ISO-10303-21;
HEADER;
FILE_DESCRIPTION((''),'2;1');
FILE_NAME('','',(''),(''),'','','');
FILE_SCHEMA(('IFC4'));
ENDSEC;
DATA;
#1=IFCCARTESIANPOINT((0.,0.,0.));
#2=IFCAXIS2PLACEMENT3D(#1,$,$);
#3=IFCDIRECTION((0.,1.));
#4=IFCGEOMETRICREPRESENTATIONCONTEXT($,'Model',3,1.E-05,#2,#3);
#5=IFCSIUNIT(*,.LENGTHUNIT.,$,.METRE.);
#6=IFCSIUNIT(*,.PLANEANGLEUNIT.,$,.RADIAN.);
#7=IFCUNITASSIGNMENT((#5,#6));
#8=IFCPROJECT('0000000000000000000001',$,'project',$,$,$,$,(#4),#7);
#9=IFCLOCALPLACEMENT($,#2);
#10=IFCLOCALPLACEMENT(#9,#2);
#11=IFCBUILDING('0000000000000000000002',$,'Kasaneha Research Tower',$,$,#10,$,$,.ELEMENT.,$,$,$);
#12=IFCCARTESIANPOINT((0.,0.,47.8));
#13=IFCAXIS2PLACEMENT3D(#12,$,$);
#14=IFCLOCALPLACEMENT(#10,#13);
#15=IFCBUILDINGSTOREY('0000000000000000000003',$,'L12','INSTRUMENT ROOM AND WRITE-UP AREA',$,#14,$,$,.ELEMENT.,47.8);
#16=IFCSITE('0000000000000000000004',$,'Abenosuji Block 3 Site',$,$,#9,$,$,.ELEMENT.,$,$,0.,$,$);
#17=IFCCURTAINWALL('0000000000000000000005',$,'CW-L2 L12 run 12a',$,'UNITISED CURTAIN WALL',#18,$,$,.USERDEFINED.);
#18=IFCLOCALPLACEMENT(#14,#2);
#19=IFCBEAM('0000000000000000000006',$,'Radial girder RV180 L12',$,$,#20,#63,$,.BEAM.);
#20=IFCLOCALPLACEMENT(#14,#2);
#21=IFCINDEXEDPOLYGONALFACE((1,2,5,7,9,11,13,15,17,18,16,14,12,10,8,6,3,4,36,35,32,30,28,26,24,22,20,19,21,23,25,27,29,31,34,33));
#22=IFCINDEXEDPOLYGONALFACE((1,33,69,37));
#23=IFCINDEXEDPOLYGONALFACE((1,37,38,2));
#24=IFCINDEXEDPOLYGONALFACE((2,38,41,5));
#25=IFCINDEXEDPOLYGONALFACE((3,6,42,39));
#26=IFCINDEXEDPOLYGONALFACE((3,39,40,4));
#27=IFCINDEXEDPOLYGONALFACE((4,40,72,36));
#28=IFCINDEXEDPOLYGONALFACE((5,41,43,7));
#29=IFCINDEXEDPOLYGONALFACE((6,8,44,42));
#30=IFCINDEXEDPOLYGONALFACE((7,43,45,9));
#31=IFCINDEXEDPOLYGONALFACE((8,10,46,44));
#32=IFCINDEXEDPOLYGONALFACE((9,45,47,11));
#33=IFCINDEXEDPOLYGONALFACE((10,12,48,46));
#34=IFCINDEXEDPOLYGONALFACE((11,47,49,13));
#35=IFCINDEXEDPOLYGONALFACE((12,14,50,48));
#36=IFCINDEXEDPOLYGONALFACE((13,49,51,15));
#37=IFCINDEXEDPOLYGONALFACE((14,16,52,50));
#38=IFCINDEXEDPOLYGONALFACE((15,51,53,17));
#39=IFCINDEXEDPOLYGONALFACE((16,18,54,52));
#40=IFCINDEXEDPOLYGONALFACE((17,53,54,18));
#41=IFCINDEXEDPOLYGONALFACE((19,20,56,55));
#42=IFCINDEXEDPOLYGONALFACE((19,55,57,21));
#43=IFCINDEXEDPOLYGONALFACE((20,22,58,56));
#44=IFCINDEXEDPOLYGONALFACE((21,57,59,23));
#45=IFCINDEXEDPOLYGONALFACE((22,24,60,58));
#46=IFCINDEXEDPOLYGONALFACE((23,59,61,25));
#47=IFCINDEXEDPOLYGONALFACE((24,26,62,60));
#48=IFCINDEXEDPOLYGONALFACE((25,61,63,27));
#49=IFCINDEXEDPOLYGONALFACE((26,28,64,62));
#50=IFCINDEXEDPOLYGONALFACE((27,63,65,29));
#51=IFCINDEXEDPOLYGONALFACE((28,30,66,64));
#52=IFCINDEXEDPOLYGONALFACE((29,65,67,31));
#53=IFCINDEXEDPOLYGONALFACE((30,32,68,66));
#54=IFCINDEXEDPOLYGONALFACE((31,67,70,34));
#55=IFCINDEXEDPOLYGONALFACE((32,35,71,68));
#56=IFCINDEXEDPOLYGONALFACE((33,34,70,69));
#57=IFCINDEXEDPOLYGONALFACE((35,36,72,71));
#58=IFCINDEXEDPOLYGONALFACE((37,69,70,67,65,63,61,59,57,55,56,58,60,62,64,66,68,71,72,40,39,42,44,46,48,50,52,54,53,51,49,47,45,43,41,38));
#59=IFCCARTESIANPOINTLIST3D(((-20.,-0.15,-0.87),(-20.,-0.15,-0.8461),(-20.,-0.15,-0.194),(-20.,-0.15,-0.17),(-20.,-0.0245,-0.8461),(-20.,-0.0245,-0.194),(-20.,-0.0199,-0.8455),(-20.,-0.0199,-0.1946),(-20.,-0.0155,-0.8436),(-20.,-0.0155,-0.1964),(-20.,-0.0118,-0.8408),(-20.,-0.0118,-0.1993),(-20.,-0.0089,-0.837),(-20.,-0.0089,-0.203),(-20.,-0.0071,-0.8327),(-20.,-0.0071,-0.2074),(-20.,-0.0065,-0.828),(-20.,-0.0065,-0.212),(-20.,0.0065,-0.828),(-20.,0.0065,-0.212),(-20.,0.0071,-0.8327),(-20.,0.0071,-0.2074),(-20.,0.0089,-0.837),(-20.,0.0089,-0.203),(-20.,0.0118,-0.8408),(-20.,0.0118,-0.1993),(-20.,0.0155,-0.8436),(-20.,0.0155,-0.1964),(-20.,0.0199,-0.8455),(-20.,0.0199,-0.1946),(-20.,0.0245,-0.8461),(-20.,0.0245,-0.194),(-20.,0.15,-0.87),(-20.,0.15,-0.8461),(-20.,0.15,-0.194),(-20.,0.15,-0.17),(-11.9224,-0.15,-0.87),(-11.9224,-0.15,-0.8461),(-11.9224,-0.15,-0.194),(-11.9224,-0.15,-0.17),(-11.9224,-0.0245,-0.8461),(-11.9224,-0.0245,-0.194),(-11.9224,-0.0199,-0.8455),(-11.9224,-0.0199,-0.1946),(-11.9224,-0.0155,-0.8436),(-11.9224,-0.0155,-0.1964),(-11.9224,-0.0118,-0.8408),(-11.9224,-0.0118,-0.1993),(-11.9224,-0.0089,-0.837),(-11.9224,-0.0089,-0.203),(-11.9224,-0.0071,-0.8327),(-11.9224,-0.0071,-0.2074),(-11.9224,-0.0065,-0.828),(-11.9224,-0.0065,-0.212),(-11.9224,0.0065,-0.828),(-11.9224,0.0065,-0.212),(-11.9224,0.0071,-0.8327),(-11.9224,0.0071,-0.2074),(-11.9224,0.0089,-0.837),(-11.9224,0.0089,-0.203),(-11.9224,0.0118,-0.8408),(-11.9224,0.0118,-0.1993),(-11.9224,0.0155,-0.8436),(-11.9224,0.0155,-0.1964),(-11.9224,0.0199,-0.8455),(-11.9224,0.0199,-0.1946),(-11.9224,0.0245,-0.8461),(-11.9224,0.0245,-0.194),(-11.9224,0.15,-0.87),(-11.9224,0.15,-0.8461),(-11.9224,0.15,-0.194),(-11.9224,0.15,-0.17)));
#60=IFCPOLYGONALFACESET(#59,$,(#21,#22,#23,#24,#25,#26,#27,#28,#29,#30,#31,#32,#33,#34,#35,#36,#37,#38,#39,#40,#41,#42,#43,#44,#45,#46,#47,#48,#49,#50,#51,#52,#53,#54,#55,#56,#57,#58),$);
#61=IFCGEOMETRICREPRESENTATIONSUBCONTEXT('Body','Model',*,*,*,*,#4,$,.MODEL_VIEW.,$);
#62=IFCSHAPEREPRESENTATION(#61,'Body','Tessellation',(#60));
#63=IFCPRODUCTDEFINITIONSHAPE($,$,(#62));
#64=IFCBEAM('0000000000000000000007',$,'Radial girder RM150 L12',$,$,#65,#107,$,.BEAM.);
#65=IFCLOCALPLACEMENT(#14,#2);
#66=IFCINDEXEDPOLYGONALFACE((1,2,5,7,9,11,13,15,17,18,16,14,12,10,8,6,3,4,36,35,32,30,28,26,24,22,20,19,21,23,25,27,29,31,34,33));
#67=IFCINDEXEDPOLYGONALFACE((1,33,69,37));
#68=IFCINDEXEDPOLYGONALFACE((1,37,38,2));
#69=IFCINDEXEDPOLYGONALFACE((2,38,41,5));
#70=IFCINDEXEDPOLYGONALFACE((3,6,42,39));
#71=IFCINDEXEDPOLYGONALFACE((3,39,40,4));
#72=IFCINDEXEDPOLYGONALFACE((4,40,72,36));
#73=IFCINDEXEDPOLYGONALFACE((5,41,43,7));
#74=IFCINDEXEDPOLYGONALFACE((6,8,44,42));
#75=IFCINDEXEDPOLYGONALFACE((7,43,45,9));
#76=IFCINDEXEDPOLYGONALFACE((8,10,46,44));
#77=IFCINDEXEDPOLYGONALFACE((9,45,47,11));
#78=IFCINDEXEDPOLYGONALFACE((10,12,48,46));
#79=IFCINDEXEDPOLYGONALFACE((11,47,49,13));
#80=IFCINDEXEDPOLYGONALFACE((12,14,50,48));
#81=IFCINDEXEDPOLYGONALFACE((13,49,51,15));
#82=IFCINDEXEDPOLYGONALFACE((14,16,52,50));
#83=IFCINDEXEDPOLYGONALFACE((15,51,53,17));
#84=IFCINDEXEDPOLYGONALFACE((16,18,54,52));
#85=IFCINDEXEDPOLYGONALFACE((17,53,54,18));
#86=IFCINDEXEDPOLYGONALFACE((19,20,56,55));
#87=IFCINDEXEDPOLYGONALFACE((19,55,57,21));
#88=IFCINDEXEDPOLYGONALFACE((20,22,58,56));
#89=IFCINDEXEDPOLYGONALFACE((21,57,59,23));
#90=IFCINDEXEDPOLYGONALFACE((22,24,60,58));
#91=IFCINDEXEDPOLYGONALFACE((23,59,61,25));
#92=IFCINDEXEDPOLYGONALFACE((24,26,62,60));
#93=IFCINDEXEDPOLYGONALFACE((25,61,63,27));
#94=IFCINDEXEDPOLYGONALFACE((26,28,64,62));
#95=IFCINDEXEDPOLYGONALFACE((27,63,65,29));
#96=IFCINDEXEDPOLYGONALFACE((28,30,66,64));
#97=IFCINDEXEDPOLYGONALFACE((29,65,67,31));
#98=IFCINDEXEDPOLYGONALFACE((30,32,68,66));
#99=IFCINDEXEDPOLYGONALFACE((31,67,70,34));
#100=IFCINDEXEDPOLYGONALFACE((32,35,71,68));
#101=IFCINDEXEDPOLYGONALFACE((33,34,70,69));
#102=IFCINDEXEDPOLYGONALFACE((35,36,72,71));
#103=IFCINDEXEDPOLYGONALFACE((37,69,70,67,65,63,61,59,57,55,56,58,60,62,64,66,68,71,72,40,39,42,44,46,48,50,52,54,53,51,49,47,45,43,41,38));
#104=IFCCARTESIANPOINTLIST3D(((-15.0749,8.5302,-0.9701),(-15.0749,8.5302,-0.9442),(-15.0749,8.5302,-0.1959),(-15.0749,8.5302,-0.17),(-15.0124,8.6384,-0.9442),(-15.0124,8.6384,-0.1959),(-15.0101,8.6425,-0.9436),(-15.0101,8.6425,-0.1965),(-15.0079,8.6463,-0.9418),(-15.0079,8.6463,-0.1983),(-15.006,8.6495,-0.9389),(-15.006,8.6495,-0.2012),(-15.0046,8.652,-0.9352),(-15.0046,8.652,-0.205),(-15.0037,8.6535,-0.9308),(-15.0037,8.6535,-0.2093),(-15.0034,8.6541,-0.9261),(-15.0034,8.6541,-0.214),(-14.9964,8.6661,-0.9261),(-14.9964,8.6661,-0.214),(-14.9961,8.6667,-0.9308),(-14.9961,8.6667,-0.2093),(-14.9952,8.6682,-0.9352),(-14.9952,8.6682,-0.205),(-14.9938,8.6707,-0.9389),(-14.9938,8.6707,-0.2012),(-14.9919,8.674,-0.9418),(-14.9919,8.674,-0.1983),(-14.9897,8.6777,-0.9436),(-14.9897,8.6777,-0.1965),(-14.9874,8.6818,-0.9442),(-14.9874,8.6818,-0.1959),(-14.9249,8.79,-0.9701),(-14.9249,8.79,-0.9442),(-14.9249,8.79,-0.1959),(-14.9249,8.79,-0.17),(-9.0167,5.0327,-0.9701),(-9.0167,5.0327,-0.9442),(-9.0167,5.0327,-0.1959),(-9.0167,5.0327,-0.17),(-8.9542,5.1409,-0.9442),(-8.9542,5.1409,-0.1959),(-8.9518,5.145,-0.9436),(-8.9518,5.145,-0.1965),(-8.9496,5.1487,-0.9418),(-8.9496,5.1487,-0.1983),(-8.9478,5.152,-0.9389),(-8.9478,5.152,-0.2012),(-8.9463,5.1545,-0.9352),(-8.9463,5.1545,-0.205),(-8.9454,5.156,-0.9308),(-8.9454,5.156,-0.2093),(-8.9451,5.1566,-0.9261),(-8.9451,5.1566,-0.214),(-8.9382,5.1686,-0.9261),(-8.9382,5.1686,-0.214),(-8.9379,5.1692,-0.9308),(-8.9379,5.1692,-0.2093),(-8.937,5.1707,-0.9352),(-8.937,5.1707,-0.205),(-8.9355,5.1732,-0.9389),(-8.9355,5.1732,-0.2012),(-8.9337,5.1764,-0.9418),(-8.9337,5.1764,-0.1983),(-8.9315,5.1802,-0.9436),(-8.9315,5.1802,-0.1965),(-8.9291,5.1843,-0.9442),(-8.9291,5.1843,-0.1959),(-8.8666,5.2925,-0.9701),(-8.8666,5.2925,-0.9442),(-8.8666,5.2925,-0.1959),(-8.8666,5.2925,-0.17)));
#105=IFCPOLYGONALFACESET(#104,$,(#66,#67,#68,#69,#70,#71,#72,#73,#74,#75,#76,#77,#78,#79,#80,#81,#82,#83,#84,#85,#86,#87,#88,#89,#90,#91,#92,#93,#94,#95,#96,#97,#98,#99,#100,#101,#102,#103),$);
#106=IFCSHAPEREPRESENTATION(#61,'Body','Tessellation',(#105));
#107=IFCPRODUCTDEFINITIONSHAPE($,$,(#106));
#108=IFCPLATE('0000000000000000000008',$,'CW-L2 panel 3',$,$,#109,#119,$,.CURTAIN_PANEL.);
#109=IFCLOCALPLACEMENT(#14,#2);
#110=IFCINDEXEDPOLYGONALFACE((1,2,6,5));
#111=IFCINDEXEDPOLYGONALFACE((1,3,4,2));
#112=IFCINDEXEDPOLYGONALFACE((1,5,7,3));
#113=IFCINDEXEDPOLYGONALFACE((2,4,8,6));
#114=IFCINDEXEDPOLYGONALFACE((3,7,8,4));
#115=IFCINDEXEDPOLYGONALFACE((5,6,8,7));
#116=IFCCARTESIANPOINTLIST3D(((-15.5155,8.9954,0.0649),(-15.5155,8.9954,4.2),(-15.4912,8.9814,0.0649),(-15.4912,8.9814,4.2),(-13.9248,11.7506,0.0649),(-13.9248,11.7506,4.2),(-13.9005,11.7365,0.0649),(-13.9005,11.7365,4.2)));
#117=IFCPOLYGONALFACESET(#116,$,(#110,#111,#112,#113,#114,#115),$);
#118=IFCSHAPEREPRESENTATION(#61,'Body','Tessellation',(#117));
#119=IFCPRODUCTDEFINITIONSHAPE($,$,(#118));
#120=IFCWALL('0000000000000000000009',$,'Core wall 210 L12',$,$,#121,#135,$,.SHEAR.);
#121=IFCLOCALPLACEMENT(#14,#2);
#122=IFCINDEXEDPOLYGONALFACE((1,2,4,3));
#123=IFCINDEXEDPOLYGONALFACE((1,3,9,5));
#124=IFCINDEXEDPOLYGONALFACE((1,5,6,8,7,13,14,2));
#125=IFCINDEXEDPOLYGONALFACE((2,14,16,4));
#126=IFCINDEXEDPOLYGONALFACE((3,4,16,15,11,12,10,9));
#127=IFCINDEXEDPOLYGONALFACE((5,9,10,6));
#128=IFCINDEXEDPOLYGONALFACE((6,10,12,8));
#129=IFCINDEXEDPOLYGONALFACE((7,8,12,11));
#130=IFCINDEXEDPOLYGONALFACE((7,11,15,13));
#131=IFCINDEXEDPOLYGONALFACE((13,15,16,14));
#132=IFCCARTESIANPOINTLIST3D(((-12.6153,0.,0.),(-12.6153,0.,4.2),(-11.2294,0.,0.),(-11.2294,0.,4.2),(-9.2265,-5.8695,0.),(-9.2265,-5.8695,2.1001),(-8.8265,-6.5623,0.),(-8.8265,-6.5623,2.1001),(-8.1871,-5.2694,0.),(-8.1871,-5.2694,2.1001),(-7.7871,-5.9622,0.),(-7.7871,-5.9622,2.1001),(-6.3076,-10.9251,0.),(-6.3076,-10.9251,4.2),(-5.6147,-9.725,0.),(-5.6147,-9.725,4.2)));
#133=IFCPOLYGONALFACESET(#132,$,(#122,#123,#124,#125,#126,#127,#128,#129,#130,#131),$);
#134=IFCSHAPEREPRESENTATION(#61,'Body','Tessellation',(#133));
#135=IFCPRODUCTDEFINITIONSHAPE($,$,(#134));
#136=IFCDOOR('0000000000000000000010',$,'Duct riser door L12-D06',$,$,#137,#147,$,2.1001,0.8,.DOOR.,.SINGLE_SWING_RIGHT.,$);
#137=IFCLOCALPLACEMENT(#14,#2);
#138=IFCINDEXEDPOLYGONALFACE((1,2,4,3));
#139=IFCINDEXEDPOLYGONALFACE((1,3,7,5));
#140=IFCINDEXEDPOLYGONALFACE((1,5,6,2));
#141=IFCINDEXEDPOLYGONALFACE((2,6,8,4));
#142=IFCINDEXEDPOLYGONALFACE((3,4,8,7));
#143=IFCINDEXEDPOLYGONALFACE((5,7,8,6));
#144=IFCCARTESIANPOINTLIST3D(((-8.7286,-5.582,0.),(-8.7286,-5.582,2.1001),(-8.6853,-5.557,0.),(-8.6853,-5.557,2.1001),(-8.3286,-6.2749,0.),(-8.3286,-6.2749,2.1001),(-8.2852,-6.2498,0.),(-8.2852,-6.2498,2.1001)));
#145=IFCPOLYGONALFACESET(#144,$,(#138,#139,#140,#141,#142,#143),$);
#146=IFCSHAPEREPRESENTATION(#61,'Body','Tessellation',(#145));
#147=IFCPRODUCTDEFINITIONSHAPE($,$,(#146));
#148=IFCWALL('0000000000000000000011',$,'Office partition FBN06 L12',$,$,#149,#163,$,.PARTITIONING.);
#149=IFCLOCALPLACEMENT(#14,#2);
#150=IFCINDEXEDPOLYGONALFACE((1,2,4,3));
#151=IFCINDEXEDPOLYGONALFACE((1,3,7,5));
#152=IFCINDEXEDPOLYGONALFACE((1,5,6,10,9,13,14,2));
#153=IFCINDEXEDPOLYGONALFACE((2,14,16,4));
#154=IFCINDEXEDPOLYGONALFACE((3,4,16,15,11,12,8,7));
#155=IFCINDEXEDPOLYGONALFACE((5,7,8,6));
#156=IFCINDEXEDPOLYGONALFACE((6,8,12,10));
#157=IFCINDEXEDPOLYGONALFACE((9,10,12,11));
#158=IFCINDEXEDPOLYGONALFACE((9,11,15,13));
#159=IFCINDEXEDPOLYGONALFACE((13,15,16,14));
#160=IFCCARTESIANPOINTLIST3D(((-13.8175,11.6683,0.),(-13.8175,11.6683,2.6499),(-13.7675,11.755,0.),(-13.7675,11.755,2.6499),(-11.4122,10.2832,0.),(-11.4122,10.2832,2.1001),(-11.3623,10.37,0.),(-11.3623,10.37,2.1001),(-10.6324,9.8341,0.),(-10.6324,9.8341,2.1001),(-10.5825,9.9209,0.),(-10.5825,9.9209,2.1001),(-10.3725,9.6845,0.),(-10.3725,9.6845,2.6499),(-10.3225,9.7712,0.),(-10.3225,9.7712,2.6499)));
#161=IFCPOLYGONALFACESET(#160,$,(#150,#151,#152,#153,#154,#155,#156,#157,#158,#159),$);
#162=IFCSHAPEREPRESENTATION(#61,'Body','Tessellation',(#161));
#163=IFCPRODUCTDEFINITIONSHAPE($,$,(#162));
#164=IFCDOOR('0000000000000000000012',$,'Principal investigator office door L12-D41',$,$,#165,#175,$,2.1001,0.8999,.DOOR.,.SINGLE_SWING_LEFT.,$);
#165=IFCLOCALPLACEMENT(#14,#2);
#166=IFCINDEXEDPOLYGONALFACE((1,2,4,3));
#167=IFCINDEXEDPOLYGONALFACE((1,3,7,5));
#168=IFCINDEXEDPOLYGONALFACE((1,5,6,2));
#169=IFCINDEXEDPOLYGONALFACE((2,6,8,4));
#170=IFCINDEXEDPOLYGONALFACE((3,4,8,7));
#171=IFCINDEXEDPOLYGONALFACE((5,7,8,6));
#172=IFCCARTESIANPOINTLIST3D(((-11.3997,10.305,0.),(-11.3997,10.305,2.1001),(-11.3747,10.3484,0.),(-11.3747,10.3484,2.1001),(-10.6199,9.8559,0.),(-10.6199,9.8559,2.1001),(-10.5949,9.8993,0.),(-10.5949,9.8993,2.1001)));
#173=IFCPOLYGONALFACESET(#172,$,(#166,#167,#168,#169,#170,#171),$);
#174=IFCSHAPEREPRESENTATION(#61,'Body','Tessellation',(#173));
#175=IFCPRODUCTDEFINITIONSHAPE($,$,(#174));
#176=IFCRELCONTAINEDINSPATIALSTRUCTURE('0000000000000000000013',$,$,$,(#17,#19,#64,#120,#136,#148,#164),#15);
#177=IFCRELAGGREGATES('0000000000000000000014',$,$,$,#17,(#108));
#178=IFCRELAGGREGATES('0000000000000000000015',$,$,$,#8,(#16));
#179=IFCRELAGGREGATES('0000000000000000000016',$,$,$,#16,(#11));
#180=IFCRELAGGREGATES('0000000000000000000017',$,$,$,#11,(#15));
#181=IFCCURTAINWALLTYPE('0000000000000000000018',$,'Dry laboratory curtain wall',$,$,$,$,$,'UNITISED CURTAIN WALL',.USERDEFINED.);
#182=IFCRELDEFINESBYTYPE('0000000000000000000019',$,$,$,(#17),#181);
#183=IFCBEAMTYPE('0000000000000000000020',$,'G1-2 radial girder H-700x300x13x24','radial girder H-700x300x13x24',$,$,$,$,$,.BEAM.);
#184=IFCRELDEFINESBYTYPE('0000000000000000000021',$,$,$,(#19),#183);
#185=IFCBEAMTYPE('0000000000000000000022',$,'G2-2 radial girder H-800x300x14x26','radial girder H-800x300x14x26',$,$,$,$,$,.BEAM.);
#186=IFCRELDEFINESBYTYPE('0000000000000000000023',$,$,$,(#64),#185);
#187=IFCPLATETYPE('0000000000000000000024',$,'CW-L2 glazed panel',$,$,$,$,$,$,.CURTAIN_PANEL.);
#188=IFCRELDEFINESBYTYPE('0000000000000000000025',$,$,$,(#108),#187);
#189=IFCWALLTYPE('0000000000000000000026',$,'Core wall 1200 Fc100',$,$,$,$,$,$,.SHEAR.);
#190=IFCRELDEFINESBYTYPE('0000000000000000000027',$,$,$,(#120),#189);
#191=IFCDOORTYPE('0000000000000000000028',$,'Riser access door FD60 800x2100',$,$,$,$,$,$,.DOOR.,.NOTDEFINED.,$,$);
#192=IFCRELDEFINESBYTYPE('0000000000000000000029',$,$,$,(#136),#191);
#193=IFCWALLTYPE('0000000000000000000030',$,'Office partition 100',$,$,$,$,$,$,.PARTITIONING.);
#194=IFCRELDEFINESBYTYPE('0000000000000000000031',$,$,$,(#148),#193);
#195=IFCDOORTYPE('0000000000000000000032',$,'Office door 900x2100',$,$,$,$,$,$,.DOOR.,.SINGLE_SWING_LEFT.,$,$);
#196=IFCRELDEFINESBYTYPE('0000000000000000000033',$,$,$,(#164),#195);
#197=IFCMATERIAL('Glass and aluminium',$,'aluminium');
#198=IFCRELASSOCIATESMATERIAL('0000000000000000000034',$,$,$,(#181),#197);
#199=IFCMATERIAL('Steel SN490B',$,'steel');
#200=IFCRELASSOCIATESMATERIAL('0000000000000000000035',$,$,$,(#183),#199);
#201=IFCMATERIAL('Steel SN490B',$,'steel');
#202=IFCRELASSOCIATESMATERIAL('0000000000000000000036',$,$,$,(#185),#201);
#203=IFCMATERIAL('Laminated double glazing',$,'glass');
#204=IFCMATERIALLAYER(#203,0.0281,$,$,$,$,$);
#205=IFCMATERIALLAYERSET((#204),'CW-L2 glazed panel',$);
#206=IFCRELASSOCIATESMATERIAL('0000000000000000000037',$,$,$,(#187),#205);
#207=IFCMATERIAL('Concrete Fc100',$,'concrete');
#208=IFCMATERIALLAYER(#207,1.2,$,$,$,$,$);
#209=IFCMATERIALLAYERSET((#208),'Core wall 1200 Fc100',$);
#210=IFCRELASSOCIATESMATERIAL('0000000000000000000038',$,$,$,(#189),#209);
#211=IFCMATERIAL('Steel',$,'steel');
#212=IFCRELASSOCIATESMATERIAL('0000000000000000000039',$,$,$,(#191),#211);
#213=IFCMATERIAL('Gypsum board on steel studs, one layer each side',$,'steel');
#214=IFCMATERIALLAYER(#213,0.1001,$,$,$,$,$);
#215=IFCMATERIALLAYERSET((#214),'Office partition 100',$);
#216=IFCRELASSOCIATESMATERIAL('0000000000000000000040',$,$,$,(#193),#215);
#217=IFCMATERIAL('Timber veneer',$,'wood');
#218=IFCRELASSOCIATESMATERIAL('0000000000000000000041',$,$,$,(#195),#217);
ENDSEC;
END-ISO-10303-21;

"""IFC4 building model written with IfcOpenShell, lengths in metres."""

from ifc_helpers import new_model, si_unit, direction, frame, frame_2d, origin, origin_2d, place, context, subcontext, project, spatial, polyline, rectangle, i_section, outline, extrude, material, layer, layer_set, material_profile, profile_set, type_object, element, fill, aggregate, save


model = new_model("IFC4")

# Units and contexts
model_context = context("Model", 3, precision=1e-05, world=origin(), true_north=direction((0.0, 1.0)))
body_context = subcontext(model_context, "Body", "Model", "MODEL_VIEW")
ifc_project = project(units=[si_unit("LENGTHUNIT", "METRE"), si_unit("PLANEANGLEUNIT", "RADIAN")], contexts=[model_context])

# Site, building, storey
site_placement = place(None, origin())
site = spatial("IfcSite", under=ifc_project, at=site_placement, Name="Abenosuji Block 3 Site", CompositionType="ELEMENT", RefElevation=0.0)
building_placement = place(site_placement, origin())
building = spatial("IfcBuilding", under=site, at=building_placement, Name="Kasaneha Research Tower", CompositionType="ELEMENT")
storey_placement = place(building_placement, frame((0.0, 0.0, 47.8)))
storey = spatial("IfcBuildingStorey", under=building, at=storey_placement, Name="L12", Description="INSTRUMENT ROOM AND WRITE-UP AREA", CompositionType="ELEMENT", Elevation=47.8)

# Curtain wall
ifc_material_1 = material(Name="Glass and aluminium", Category="aluminium")
curtain_wall_type = type_object("IfcCurtainWallType", Name="Dry laboratory curtain wall", ElementType="UNITISED CURTAIN WALL", PredefinedType="USERDEFINED", material=ifc_material_1)
curtain_wall_placement = place(storey_placement, origin())
curtain_wall = element("IfcCurtainWall", 1, at=curtain_wall_placement, inside=storey, type_object=curtain_wall_type, Name="CW-L2 L12 run 12a", ObjectType="UNITISED CURTAIN WALL", PredefinedType="USERDEFINED")

# Beams
ifc_material_2 = material(Name="Steel SN490B", Category="steel")
ifc_material_profile_1 = material_profile(ifc_material_2, i_section(OverallWidth=0.3, OverallDepth=0.7, WebThickness=0.0129, FlangeThickness=0.0239, FilletRadius=0.0181, at=origin_2d()), Name="H-700x300x13x24")
ifc_profile_set_1 = profile_set([ifc_material_profile_1], Name="Steel SN490B")
beam_type_1 = type_object("IfcBeamType", Name="G1-2 radial girder H-700x300x13x24", Description="radial girder H-700x300x13x24", PredefinedType="BEAM", material=ifc_profile_set_1)
beam_1_placement = place(storey_placement, frame((-11.9224, 0.0, -0.52), z_axis=(-1.0, 0.0, 0.0), x_axis=(0.0, -1.0, 0.0)))
element("IfcBeam", 2, at=beam_1_placement, inside=storey, type_object=beam_type_1, Name="Radial girder RV180 L12", PredefinedType="BEAM", context=body_context, shape_type="SweptSolid", body=[
    extrude(i_section(OverallWidth=0.3, OverallDepth=0.7, WebThickness=0.0129, FlangeThickness=0.0239, FilletRadius=0.0181, at=origin_2d()), origin(), (0.0, 0.0, 1.0), 8.0776),
])
ifc_material_3 = material(Name="Steel SN490B", Category="steel")
ifc_material_profile_2 = material_profile(ifc_material_3, i_section(OverallWidth=0.3, OverallDepth=0.8, WebThickness=0.0139, FlangeThickness=0.0259, FilletRadius=0.0181, at=origin_2d()), Name="H-800x300x14x26")
ifc_profile_set_2 = profile_set([ifc_material_profile_2], Name="Steel SN490B")
beam_type_2 = type_object("IfcBeamType", Name="G2-2 radial girder H-800x300x14x26", Description="radial girder H-800x300x14x26", PredefinedType="BEAM", material=ifc_profile_set_2)
beam_2_placement = place(storey_placement, frame((-8.9417, 5.1626, -0.5701), z_axis=(-0.86604, 0.499975, 0.0), x_axis=(-0.499975, -0.86604, 0.0)))
element("IfcBeam", 3, at=beam_2_placement, inside=storey, type_object=beam_type_2, Name="Radial girder RM150 L12", PredefinedType="BEAM", context=body_context, shape_type="SweptSolid", body=[
    extrude(i_section(OverallWidth=0.3, OverallDepth=0.8, WebThickness=0.0139, FlangeThickness=0.0259, FilletRadius=0.0181, at=origin_2d()), origin(), (0.0, 0.0, 1.0), 6.9954),
])

# Plate
ifc_material_4 = material(Name="Laminated double glazing", Category="glass")
ifc_layer_1 = layer(ifc_material_4, 0.0281)
ifc_layer_set_1 = layer_set([ifc_layer_1], Name="CW-L2 glazed panel")
plate_type = type_object("IfcPlateType", Name="CW-L2 glazed panel", PredefinedType="CURTAIN_PANEL", material=ifc_layer_set_1)
plate_placement = place(storey_placement, frame((-14.708, 10.366, 0.0649), z_axis=(0.0, 0.0, 1.0), x_axis=(-0.5, -0.866025, 0.0)))
plate = element("IfcPlate", 4, at=plate_placement, type_object=plate_type, Name="CW-L2 panel 3", PredefinedType="CURTAIN_PANEL", context=body_context, shape_type="SweptSolid", body=[
    extrude(rectangle(XDim=3.1814, YDim=0.0281, at=origin_2d()), origin(), (0.0, 0.0, 1.0), 4.135),
])
aggregate(curtain_wall, [plate])

# Walls, openings, doors
ifc_material_5 = material(Name="Concrete Fc100", Category="concrete")
ifc_layer_2 = layer(ifc_material_5, 1.2)
ifc_layer_set_2 = layer_set([ifc_layer_2], Name="Core wall 1200 Fc100")
wall_type_1 = type_object("IfcWallType", Name="Core wall 1200 Fc100", PredefinedType="SHEAR", material=ifc_layer_set_2)
wall_1_placement = place(storey_placement, frame((-11.9224, 0.0, 0.0), z_axis=(0.0, 0.0, 1.0), x_axis=(0.500004, -0.866023, 0.0)))
wall_1 = element("IfcWall", 5, at=wall_1_placement, inside=storey, type_object=wall_type_1, Name="Core wall 210 L12", PredefinedType="SHEAR", context=body_context, shape_type="SweptSolid", body=[
    extrude(outline(polyline([(-0.3464, -0.6001), (6.4312, -0.6001), (7.2312, -0.6001), (12.2688, -0.6001), (11.5759, 0.6001), (7.2312, 0.6001), (6.4312, 0.6001), (0.3464, 0.6001), (-0.3464, -0.6001)])), origin(), (0.0, 0.0, 1.0), 4.2),
])
opening_1_placement = place(wall_1_placement, frame((6.4312, 0.0, 0.0)))
opening_1 = element("IfcOpeningElement", 6, at=opening_1_placement, cuts=wall_1, PredefinedType="OPENING", context=body_context, shape_type="SweptSolid", body=[
    extrude(rectangle(XDim=0.8, YDim=2.1001, at=frame_2d((0.3999, 1.05))), frame((0.0, 0.6099, 0.0), z_axis=(0.0, -1.0, 0.0), x_axis=(1.0, 0.0, 0.0)), (0.0, 0.0, 1.0), 1.22),
])
ifc_material_6 = material(Name="Steel", Category="steel")
door_type_1 = type_object("IfcDoorType", Name="Riser access door FD60 800x2100", OperationType="NOTDEFINED", PredefinedType="DOOR", material=ifc_material_6)
door_1_placement = place(opening_1_placement, origin())
door_1 = element("IfcDoor", 7, at=door_1_placement, inside=storey, type_object=door_type_1, Name="Duct riser door L12-D06", OperationType="SINGLE_SWING_RIGHT", OverallHeight=2.1001, OverallWidth=0.8, PredefinedType="DOOR", context=body_context, shape_type="SweptSolid", body=[
    extrude(rectangle(XDim=0.8, YDim=2.1001, at=frame_2d((0.3999, 1.05))), frame((0.0, 0.0249, 0.0), z_axis=(0.0, -1.0, 0.0), x_axis=(1.0, 0.0, 0.0)), (0.0, 0.0, 1.0), 0.05),
])
fill(opening_1, door_1)
ifc_material_7 = material(Name="Gypsum board on steel studs, one layer each side", Category="steel")
ifc_layer_3 = layer(ifc_material_7, 0.1001)
ifc_layer_set_3 = layer_set([ifc_layer_3], Name="Office partition 100")
wall_type_2 = type_object("IfcWallType", Name="Office partition 100", PredefinedType="PARTITIONING", material=ifc_layer_set_3)
wall_2_placement = place(storey_placement, frame((-10.3474, 9.7278, 0.0), z_axis=(0.0, 0.0, 1.0), x_axis=(-0.866583, 0.499033, 0.0)))
wall_2 = element("IfcWall", 8, at=wall_2_placement, inside=storey, type_object=wall_type_2, Name="Office partition FBN06 L12", PredefinedType="PARTITIONING", context=body_context, shape_type="SweptSolid", body=[
    extrude(rectangle(XDim=3.9753, YDim=0.1001, at=frame_2d((1.9878, 0.0))), origin(), (0.0, 0.0, 1.0), 2.6499),
])
opening_2_placement = place(wall_2_placement, frame((0.3, 0.0, 0.0)))
opening_2 = element("IfcOpeningElement", 9, at=opening_2_placement, cuts=wall_2, PredefinedType="OPENING", context=body_context, shape_type="SweptSolid", body=[
    extrude(rectangle(XDim=0.8999, YDim=2.1001, at=frame_2d((0.45, 1.05))), frame((0.0, 0.0601, 0.0), z_axis=(0.0, -1.0, 0.0), x_axis=(1.0, 0.0, 0.0)), (0.0, 0.0, 1.0), 0.1201),
])
ifc_material_8 = material(Name="Timber veneer", Category="wood")
door_type_2 = type_object("IfcDoorType", Name="Office door 900x2100", OperationType="SINGLE_SWING_LEFT", PredefinedType="DOOR", material=ifc_material_8)
door_2_placement = place(opening_2_placement, origin())
door_2 = element("IfcDoor", 10, at=door_2_placement, inside=storey, type_object=door_type_2, Name="Principal investigator office door L12-D41", OperationType="SINGLE_SWING_LEFT", OverallHeight=2.1001, OverallWidth=0.8999, PredefinedType="DOOR", context=body_context, shape_type="SweptSolid", body=[
    extrude(rectangle(XDim=0.8999, YDim=2.1001, at=frame_2d((0.45, 1.05))), frame((0.0, 0.0249, 0.0), z_axis=(0.0, -1.0, 0.0), x_axis=(1.0, 0.0, 0.0)), (0.0, 0.0, 1.0), 0.05),
])
fill(opening_2, door_2)

save(model, "model.ifc")
